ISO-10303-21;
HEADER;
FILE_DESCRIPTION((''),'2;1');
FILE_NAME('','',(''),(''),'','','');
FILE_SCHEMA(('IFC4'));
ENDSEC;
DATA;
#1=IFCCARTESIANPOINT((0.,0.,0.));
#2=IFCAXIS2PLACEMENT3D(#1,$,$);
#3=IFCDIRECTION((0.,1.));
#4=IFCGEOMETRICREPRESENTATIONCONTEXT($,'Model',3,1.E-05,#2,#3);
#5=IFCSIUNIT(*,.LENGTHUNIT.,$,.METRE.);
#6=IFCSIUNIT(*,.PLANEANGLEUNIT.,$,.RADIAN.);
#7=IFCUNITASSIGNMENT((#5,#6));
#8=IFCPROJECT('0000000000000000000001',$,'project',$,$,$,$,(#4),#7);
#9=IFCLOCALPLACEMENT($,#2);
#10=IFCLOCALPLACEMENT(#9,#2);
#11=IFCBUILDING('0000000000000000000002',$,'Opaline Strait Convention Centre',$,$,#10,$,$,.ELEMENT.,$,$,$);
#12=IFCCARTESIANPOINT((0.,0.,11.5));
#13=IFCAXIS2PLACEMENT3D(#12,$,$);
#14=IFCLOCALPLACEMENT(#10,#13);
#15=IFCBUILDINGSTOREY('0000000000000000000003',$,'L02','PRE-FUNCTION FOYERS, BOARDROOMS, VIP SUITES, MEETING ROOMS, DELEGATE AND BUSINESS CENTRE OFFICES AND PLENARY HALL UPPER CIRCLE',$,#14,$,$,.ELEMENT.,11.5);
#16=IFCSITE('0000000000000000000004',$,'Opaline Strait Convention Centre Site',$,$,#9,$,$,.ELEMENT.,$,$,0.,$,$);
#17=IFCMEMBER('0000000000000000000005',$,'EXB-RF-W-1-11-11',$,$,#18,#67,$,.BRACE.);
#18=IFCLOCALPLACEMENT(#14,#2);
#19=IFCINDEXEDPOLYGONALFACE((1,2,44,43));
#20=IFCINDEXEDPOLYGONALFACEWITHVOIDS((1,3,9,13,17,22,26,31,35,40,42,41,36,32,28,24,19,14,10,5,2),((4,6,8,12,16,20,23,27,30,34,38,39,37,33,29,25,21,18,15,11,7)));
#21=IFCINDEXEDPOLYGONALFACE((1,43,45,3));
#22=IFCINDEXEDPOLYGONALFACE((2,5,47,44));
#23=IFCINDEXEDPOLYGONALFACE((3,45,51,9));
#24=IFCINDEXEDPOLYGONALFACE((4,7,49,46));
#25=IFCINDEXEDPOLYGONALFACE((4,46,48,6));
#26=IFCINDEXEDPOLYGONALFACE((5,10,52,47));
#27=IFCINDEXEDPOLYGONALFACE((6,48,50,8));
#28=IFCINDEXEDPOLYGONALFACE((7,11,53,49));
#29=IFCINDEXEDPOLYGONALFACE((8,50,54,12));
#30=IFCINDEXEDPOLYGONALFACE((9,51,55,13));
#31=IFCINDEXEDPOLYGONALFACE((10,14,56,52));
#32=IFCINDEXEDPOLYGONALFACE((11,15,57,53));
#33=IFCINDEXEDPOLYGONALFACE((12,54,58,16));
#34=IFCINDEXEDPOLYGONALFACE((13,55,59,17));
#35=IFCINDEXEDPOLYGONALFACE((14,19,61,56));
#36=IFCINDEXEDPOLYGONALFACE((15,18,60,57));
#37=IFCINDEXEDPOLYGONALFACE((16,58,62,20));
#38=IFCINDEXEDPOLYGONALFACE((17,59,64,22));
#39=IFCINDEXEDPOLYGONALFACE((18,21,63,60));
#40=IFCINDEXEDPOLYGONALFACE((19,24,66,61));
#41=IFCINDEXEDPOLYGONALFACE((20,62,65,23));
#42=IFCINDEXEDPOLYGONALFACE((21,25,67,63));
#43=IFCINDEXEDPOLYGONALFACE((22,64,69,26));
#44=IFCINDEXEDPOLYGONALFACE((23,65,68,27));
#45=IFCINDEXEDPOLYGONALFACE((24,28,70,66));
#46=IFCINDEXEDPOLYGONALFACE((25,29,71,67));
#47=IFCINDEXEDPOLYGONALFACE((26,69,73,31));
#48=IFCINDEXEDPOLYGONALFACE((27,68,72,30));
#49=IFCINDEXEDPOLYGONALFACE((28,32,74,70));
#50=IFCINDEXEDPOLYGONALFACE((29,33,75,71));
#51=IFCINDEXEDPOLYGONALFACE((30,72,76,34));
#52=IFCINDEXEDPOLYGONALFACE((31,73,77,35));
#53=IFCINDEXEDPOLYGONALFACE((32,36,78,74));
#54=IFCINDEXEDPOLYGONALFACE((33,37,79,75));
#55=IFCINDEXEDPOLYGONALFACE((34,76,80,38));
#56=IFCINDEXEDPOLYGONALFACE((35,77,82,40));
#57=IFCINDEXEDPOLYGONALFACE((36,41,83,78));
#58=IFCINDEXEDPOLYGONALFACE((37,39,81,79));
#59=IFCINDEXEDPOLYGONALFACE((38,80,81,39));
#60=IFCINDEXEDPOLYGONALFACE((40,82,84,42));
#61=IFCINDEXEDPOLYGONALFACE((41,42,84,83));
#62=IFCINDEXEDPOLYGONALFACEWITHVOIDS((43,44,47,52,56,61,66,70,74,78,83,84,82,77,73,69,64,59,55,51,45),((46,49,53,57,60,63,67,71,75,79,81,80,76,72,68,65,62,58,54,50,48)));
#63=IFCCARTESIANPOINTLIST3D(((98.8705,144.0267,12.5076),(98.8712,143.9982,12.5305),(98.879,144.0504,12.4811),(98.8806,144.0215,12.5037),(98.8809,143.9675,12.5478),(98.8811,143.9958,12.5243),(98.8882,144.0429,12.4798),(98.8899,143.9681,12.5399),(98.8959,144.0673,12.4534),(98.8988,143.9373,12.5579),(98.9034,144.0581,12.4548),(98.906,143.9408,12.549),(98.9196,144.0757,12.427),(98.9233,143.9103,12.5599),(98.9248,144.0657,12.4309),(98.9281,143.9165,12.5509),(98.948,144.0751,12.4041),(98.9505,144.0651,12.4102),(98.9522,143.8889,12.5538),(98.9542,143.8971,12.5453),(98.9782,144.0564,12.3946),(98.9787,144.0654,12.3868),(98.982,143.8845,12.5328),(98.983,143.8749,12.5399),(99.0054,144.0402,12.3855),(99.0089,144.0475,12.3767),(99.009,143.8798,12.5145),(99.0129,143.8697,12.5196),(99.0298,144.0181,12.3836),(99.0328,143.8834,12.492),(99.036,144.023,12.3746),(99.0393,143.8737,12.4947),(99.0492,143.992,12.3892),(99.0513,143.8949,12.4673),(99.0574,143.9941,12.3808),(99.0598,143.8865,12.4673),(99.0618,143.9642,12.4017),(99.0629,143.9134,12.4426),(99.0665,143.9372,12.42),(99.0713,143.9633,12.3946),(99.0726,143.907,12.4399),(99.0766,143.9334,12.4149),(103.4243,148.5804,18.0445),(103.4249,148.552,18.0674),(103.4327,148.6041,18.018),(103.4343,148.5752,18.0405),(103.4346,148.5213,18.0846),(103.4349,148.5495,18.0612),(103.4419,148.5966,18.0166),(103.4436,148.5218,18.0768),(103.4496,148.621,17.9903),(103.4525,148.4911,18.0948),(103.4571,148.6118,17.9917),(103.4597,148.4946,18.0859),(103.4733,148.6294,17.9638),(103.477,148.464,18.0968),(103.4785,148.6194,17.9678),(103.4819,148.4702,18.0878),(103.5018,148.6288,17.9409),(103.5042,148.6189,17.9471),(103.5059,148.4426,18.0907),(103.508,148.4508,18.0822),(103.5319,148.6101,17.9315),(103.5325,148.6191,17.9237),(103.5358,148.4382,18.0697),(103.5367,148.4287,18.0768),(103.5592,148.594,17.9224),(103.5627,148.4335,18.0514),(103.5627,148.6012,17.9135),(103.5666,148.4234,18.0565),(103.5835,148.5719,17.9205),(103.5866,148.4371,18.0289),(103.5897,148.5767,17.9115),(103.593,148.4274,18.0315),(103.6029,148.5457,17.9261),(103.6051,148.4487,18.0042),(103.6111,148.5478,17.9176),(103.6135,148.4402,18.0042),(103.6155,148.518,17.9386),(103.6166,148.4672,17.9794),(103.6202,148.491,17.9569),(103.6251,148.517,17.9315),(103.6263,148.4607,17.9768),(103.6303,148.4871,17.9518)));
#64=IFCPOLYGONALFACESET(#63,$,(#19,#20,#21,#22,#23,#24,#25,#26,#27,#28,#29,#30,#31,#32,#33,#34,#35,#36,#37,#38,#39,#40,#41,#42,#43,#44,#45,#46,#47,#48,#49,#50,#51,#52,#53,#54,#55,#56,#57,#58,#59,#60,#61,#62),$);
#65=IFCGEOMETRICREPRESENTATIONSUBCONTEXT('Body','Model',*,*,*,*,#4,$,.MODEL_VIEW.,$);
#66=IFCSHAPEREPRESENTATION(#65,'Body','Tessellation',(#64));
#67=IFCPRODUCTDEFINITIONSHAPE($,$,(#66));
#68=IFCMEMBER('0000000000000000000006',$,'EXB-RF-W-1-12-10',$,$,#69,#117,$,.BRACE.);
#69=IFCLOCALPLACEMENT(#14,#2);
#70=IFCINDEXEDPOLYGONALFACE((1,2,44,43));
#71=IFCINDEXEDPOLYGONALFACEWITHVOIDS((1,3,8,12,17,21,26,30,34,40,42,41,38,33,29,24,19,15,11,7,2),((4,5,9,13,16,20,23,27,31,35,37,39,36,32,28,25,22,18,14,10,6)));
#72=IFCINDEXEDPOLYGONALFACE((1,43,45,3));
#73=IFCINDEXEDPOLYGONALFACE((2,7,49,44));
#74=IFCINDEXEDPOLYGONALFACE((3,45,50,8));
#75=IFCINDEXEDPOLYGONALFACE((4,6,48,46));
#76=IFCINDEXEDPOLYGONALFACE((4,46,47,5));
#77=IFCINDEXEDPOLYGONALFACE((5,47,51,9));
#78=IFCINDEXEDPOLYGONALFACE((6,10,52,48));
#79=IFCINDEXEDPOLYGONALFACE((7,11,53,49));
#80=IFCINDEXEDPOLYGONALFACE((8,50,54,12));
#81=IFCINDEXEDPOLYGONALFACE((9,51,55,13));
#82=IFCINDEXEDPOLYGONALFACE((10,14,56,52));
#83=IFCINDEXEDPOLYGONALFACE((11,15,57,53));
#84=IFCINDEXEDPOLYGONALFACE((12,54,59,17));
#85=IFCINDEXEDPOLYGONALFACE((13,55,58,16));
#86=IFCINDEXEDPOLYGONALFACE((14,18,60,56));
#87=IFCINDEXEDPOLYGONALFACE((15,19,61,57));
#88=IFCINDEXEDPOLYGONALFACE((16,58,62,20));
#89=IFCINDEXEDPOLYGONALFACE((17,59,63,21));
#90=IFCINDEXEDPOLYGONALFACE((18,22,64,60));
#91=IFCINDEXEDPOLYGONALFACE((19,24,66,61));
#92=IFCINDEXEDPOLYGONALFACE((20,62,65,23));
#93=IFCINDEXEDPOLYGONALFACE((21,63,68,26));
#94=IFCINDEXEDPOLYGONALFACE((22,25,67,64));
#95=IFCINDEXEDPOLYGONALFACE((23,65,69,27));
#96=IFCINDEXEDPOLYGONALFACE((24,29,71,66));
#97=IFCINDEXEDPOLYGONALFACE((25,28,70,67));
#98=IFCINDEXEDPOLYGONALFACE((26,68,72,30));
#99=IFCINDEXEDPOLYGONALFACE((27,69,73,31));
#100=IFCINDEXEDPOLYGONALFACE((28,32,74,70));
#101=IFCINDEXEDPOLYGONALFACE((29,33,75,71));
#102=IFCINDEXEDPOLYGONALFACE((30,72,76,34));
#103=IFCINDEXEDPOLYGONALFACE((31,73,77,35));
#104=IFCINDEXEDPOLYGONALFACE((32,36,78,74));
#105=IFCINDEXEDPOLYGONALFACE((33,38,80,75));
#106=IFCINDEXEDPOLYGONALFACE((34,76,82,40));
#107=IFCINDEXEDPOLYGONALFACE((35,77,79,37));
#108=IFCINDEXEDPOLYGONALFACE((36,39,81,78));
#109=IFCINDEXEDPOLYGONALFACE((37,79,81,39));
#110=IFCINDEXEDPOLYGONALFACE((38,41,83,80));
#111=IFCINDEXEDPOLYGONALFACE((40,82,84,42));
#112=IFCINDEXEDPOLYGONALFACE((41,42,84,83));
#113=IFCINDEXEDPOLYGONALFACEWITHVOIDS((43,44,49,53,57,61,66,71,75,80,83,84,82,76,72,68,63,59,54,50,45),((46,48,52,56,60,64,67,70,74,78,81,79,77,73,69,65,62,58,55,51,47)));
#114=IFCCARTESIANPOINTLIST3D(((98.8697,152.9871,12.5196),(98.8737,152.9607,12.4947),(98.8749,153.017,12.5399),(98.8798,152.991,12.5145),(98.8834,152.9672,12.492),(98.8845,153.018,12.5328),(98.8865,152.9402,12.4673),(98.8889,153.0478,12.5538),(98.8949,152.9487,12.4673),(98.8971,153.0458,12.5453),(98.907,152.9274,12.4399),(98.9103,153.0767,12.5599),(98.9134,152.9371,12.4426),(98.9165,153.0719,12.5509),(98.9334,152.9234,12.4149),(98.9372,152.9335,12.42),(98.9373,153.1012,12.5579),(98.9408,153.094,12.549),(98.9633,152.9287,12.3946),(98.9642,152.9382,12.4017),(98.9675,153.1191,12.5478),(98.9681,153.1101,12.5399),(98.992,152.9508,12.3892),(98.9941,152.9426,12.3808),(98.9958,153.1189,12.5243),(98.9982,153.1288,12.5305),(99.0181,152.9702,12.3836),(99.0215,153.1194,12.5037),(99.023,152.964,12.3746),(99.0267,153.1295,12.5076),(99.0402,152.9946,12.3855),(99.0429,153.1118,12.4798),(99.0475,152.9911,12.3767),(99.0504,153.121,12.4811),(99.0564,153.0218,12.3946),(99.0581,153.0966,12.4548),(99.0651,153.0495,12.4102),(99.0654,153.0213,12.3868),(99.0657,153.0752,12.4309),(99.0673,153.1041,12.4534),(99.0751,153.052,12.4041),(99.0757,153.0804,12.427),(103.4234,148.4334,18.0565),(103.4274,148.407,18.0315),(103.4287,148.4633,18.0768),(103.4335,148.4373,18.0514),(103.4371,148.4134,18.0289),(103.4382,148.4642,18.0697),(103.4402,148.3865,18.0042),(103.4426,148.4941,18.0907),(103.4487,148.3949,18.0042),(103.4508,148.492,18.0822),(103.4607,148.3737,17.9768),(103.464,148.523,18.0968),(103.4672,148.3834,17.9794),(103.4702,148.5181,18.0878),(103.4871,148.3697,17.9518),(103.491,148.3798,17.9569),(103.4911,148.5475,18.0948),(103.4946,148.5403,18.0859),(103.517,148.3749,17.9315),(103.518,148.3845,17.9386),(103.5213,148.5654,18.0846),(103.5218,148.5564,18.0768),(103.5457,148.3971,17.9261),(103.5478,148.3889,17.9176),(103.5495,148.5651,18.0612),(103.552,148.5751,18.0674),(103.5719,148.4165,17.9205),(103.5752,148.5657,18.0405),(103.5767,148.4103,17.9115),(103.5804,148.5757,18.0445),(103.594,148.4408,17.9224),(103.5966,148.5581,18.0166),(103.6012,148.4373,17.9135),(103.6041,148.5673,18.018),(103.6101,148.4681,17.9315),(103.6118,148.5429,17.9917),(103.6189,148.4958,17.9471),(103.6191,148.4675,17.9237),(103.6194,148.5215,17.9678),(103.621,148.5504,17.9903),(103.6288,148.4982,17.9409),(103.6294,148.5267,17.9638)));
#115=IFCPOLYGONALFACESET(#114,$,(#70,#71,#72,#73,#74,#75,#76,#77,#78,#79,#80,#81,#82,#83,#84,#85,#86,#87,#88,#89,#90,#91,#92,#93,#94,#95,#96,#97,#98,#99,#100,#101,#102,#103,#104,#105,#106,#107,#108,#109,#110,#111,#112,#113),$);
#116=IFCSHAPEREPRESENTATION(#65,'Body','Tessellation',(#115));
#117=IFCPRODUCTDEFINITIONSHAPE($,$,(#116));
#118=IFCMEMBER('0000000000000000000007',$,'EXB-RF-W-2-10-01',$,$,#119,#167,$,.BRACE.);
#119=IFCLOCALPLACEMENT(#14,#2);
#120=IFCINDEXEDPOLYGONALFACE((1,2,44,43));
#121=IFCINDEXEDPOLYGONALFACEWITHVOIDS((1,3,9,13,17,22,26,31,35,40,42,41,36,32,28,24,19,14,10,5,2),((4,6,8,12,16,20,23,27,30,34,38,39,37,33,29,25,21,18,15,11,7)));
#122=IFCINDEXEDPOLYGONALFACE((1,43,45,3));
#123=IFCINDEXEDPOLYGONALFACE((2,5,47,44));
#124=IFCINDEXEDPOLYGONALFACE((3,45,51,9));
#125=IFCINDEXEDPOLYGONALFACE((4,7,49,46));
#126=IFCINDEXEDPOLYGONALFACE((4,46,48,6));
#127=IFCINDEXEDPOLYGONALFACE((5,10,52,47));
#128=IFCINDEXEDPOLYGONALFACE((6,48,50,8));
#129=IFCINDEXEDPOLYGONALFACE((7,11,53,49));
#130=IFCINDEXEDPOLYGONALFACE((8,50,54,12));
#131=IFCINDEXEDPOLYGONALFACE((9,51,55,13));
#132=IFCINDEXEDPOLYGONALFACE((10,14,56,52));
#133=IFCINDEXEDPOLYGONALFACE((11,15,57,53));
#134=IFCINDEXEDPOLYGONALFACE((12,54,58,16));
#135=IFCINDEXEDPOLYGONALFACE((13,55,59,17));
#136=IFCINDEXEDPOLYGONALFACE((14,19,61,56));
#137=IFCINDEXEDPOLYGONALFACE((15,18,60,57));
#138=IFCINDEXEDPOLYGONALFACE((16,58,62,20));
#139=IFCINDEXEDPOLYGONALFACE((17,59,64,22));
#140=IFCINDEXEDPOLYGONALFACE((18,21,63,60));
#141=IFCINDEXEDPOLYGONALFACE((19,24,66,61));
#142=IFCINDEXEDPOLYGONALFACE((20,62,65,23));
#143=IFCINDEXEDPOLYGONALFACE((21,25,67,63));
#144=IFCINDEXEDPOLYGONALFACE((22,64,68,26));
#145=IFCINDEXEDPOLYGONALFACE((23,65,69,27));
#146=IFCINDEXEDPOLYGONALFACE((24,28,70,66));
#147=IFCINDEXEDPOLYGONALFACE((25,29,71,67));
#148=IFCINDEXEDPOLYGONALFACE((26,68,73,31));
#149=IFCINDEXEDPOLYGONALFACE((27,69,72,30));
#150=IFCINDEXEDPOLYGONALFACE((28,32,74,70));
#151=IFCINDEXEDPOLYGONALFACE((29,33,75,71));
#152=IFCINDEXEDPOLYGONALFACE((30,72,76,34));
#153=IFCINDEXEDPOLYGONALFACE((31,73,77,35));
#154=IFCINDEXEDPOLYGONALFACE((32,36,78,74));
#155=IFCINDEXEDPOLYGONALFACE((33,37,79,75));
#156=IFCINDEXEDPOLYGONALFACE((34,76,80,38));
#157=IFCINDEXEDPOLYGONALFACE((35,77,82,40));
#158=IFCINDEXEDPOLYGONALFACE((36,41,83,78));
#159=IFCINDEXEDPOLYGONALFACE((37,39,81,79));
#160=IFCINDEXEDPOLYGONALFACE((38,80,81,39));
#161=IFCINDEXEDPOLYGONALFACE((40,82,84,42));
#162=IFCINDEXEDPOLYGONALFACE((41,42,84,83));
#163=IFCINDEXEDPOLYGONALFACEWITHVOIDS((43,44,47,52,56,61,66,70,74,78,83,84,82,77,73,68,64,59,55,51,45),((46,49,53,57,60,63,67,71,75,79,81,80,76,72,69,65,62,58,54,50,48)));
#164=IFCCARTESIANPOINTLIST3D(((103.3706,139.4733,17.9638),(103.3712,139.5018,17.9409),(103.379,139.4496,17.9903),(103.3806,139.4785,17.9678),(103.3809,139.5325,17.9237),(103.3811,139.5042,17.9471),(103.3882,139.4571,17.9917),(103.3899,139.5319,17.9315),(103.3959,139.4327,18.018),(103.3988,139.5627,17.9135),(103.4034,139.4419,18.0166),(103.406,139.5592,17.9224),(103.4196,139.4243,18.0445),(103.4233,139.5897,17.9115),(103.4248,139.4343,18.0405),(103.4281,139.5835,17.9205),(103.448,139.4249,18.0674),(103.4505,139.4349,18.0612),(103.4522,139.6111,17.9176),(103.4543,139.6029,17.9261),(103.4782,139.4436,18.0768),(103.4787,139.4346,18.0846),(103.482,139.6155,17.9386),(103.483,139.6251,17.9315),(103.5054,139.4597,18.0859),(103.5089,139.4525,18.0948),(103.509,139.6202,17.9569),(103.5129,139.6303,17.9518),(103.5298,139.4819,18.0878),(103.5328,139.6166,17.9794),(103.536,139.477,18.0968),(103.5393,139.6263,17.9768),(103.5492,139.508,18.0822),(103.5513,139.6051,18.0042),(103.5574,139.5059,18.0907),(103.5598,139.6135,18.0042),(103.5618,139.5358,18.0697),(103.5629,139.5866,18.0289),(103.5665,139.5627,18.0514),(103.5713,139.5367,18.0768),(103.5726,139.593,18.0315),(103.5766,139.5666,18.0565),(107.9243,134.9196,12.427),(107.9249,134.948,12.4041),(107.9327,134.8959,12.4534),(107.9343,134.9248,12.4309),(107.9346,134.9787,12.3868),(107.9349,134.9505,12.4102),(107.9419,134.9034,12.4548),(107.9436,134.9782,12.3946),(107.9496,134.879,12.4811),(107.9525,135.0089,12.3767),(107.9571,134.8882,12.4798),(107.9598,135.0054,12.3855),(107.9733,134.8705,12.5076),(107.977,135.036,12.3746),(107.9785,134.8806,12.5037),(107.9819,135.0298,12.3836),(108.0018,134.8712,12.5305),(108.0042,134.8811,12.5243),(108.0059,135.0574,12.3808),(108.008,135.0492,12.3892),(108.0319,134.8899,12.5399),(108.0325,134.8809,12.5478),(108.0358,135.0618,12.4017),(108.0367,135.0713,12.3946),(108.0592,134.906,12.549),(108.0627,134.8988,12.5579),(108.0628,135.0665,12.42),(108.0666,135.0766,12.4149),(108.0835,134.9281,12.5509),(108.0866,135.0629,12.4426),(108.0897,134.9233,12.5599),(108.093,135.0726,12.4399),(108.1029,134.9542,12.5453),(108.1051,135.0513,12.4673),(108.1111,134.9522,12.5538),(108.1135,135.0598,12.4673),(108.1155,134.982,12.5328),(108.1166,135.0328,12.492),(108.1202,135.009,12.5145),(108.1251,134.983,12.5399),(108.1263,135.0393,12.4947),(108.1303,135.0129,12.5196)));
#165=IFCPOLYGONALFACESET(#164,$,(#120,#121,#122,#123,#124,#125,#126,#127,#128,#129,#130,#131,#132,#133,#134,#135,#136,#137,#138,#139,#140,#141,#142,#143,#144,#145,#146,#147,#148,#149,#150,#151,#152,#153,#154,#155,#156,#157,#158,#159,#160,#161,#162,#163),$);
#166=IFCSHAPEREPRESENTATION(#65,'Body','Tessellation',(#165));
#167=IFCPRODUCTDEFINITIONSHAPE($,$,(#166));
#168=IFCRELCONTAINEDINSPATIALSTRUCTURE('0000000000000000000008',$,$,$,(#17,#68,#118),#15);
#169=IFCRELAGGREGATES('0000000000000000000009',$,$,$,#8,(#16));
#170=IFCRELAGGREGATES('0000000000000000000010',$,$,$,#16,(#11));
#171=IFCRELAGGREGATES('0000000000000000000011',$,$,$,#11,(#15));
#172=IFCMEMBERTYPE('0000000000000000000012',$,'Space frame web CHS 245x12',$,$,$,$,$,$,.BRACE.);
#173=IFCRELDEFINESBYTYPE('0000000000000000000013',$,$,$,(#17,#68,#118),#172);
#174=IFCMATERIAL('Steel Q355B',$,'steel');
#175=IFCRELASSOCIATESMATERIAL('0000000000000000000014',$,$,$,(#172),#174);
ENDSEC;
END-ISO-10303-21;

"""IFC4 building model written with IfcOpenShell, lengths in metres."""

from ifc_helpers import new_model, si_unit, direction, frame, origin, origin_2d, place, context, subcontext, project, spatial, hollow_circle, extrude, material, material_profile, profile_set, type_object, element, save


model = new_model("IFC4")

# Units and contexts
model_context = context("Model", 3, precision=1e-05, world=origin(), true_north=direction((0.0, 1.0)))
body_context = subcontext(model_context, "Body", "Model", "MODEL_VIEW")
ifc_project = project(units=[si_unit("LENGTHUNIT", "METRE"), si_unit("PLANEANGLEUNIT", "RADIAN")], contexts=[model_context])

# Site, building, storey
site_placement = place(None, origin())
site = spatial("IfcSite", under=ifc_project, at=site_placement, Name="Opaline Strait Convention Centre Site", CompositionType="ELEMENT", RefElevation=0.0)
building_placement = place(site_placement, origin())
building = spatial("IfcBuilding", under=site, at=building_placement, Name="Opaline Strait Convention Centre", CompositionType="ELEMENT")
storey_placement = place(building_placement, frame((0.0, 0.0, 11.5)))
storey = spatial("IfcBuildingStorey", under=building, at=storey_placement, Name="L02", Description="PRE-FUNCTION FOYERS, BOARDROOMS, VIP SUITES, MEETING ROOMS, DELEGATE AND BUSINESS CENTRE OFFICES AND PLENARY HALL UPPER CIRCLE", CompositionType="ELEMENT", Elevation=11.5)

# Shared definitions
ifc_material_1 = material(Name="Steel Q355B", Category="steel")

# Members
ifc_material_profile_1 = material_profile(ifc_material_1, hollow_circle(Radius=0.1226, WallThickness=0.012, at=origin_2d()), Name="CHS 245x12")
ifc_profile_set_1 = profile_set([ifc_material_profile_1], Name="Steel Q355B")
member_type_1 = type_object("IfcMemberType", Name="Space frame web CHS 245x12", PredefinedType="BRACE", material=ifc_profile_set_1)
for number, where, z_axis, x_axis, name in (
    (1, (103.5269, 148.5269, 18.0042), (-0.536178, -0.536178, -0.65194), (0.707107, -0.707107, 0.0), "EXB-RF-W-1-11-11"),
    (2, (103.5269, 148.4731, 18.0042), (-0.536178, 0.536178, -0.65194), (-0.707107, -0.707107, 0.0), "EXB-RF-W-1-12-10"),
    (3, (103.4731, 139.5269, 18.0042), (0.536178, -0.536178, -0.65194), (0.707107, 0.707107, 0.0), "EXB-RF-W-2-10-01"),
):
    element("IfcMember", number, at=place(storey_placement, frame(where, z_axis=z_axis, x_axis=x_axis)), inside=storey, type_object=member_type_1, Name=name, PredefinedType="BRACE", context=body_context, shape_type="SweptSolid", body=[
        extrude(hollow_circle(Radius=0.1226, WallThickness=0.012, at=origin_2d()), origin(), (0.0, 0.0, 1.0), 8.4929),
    ])

save(model, "model.ifc")
